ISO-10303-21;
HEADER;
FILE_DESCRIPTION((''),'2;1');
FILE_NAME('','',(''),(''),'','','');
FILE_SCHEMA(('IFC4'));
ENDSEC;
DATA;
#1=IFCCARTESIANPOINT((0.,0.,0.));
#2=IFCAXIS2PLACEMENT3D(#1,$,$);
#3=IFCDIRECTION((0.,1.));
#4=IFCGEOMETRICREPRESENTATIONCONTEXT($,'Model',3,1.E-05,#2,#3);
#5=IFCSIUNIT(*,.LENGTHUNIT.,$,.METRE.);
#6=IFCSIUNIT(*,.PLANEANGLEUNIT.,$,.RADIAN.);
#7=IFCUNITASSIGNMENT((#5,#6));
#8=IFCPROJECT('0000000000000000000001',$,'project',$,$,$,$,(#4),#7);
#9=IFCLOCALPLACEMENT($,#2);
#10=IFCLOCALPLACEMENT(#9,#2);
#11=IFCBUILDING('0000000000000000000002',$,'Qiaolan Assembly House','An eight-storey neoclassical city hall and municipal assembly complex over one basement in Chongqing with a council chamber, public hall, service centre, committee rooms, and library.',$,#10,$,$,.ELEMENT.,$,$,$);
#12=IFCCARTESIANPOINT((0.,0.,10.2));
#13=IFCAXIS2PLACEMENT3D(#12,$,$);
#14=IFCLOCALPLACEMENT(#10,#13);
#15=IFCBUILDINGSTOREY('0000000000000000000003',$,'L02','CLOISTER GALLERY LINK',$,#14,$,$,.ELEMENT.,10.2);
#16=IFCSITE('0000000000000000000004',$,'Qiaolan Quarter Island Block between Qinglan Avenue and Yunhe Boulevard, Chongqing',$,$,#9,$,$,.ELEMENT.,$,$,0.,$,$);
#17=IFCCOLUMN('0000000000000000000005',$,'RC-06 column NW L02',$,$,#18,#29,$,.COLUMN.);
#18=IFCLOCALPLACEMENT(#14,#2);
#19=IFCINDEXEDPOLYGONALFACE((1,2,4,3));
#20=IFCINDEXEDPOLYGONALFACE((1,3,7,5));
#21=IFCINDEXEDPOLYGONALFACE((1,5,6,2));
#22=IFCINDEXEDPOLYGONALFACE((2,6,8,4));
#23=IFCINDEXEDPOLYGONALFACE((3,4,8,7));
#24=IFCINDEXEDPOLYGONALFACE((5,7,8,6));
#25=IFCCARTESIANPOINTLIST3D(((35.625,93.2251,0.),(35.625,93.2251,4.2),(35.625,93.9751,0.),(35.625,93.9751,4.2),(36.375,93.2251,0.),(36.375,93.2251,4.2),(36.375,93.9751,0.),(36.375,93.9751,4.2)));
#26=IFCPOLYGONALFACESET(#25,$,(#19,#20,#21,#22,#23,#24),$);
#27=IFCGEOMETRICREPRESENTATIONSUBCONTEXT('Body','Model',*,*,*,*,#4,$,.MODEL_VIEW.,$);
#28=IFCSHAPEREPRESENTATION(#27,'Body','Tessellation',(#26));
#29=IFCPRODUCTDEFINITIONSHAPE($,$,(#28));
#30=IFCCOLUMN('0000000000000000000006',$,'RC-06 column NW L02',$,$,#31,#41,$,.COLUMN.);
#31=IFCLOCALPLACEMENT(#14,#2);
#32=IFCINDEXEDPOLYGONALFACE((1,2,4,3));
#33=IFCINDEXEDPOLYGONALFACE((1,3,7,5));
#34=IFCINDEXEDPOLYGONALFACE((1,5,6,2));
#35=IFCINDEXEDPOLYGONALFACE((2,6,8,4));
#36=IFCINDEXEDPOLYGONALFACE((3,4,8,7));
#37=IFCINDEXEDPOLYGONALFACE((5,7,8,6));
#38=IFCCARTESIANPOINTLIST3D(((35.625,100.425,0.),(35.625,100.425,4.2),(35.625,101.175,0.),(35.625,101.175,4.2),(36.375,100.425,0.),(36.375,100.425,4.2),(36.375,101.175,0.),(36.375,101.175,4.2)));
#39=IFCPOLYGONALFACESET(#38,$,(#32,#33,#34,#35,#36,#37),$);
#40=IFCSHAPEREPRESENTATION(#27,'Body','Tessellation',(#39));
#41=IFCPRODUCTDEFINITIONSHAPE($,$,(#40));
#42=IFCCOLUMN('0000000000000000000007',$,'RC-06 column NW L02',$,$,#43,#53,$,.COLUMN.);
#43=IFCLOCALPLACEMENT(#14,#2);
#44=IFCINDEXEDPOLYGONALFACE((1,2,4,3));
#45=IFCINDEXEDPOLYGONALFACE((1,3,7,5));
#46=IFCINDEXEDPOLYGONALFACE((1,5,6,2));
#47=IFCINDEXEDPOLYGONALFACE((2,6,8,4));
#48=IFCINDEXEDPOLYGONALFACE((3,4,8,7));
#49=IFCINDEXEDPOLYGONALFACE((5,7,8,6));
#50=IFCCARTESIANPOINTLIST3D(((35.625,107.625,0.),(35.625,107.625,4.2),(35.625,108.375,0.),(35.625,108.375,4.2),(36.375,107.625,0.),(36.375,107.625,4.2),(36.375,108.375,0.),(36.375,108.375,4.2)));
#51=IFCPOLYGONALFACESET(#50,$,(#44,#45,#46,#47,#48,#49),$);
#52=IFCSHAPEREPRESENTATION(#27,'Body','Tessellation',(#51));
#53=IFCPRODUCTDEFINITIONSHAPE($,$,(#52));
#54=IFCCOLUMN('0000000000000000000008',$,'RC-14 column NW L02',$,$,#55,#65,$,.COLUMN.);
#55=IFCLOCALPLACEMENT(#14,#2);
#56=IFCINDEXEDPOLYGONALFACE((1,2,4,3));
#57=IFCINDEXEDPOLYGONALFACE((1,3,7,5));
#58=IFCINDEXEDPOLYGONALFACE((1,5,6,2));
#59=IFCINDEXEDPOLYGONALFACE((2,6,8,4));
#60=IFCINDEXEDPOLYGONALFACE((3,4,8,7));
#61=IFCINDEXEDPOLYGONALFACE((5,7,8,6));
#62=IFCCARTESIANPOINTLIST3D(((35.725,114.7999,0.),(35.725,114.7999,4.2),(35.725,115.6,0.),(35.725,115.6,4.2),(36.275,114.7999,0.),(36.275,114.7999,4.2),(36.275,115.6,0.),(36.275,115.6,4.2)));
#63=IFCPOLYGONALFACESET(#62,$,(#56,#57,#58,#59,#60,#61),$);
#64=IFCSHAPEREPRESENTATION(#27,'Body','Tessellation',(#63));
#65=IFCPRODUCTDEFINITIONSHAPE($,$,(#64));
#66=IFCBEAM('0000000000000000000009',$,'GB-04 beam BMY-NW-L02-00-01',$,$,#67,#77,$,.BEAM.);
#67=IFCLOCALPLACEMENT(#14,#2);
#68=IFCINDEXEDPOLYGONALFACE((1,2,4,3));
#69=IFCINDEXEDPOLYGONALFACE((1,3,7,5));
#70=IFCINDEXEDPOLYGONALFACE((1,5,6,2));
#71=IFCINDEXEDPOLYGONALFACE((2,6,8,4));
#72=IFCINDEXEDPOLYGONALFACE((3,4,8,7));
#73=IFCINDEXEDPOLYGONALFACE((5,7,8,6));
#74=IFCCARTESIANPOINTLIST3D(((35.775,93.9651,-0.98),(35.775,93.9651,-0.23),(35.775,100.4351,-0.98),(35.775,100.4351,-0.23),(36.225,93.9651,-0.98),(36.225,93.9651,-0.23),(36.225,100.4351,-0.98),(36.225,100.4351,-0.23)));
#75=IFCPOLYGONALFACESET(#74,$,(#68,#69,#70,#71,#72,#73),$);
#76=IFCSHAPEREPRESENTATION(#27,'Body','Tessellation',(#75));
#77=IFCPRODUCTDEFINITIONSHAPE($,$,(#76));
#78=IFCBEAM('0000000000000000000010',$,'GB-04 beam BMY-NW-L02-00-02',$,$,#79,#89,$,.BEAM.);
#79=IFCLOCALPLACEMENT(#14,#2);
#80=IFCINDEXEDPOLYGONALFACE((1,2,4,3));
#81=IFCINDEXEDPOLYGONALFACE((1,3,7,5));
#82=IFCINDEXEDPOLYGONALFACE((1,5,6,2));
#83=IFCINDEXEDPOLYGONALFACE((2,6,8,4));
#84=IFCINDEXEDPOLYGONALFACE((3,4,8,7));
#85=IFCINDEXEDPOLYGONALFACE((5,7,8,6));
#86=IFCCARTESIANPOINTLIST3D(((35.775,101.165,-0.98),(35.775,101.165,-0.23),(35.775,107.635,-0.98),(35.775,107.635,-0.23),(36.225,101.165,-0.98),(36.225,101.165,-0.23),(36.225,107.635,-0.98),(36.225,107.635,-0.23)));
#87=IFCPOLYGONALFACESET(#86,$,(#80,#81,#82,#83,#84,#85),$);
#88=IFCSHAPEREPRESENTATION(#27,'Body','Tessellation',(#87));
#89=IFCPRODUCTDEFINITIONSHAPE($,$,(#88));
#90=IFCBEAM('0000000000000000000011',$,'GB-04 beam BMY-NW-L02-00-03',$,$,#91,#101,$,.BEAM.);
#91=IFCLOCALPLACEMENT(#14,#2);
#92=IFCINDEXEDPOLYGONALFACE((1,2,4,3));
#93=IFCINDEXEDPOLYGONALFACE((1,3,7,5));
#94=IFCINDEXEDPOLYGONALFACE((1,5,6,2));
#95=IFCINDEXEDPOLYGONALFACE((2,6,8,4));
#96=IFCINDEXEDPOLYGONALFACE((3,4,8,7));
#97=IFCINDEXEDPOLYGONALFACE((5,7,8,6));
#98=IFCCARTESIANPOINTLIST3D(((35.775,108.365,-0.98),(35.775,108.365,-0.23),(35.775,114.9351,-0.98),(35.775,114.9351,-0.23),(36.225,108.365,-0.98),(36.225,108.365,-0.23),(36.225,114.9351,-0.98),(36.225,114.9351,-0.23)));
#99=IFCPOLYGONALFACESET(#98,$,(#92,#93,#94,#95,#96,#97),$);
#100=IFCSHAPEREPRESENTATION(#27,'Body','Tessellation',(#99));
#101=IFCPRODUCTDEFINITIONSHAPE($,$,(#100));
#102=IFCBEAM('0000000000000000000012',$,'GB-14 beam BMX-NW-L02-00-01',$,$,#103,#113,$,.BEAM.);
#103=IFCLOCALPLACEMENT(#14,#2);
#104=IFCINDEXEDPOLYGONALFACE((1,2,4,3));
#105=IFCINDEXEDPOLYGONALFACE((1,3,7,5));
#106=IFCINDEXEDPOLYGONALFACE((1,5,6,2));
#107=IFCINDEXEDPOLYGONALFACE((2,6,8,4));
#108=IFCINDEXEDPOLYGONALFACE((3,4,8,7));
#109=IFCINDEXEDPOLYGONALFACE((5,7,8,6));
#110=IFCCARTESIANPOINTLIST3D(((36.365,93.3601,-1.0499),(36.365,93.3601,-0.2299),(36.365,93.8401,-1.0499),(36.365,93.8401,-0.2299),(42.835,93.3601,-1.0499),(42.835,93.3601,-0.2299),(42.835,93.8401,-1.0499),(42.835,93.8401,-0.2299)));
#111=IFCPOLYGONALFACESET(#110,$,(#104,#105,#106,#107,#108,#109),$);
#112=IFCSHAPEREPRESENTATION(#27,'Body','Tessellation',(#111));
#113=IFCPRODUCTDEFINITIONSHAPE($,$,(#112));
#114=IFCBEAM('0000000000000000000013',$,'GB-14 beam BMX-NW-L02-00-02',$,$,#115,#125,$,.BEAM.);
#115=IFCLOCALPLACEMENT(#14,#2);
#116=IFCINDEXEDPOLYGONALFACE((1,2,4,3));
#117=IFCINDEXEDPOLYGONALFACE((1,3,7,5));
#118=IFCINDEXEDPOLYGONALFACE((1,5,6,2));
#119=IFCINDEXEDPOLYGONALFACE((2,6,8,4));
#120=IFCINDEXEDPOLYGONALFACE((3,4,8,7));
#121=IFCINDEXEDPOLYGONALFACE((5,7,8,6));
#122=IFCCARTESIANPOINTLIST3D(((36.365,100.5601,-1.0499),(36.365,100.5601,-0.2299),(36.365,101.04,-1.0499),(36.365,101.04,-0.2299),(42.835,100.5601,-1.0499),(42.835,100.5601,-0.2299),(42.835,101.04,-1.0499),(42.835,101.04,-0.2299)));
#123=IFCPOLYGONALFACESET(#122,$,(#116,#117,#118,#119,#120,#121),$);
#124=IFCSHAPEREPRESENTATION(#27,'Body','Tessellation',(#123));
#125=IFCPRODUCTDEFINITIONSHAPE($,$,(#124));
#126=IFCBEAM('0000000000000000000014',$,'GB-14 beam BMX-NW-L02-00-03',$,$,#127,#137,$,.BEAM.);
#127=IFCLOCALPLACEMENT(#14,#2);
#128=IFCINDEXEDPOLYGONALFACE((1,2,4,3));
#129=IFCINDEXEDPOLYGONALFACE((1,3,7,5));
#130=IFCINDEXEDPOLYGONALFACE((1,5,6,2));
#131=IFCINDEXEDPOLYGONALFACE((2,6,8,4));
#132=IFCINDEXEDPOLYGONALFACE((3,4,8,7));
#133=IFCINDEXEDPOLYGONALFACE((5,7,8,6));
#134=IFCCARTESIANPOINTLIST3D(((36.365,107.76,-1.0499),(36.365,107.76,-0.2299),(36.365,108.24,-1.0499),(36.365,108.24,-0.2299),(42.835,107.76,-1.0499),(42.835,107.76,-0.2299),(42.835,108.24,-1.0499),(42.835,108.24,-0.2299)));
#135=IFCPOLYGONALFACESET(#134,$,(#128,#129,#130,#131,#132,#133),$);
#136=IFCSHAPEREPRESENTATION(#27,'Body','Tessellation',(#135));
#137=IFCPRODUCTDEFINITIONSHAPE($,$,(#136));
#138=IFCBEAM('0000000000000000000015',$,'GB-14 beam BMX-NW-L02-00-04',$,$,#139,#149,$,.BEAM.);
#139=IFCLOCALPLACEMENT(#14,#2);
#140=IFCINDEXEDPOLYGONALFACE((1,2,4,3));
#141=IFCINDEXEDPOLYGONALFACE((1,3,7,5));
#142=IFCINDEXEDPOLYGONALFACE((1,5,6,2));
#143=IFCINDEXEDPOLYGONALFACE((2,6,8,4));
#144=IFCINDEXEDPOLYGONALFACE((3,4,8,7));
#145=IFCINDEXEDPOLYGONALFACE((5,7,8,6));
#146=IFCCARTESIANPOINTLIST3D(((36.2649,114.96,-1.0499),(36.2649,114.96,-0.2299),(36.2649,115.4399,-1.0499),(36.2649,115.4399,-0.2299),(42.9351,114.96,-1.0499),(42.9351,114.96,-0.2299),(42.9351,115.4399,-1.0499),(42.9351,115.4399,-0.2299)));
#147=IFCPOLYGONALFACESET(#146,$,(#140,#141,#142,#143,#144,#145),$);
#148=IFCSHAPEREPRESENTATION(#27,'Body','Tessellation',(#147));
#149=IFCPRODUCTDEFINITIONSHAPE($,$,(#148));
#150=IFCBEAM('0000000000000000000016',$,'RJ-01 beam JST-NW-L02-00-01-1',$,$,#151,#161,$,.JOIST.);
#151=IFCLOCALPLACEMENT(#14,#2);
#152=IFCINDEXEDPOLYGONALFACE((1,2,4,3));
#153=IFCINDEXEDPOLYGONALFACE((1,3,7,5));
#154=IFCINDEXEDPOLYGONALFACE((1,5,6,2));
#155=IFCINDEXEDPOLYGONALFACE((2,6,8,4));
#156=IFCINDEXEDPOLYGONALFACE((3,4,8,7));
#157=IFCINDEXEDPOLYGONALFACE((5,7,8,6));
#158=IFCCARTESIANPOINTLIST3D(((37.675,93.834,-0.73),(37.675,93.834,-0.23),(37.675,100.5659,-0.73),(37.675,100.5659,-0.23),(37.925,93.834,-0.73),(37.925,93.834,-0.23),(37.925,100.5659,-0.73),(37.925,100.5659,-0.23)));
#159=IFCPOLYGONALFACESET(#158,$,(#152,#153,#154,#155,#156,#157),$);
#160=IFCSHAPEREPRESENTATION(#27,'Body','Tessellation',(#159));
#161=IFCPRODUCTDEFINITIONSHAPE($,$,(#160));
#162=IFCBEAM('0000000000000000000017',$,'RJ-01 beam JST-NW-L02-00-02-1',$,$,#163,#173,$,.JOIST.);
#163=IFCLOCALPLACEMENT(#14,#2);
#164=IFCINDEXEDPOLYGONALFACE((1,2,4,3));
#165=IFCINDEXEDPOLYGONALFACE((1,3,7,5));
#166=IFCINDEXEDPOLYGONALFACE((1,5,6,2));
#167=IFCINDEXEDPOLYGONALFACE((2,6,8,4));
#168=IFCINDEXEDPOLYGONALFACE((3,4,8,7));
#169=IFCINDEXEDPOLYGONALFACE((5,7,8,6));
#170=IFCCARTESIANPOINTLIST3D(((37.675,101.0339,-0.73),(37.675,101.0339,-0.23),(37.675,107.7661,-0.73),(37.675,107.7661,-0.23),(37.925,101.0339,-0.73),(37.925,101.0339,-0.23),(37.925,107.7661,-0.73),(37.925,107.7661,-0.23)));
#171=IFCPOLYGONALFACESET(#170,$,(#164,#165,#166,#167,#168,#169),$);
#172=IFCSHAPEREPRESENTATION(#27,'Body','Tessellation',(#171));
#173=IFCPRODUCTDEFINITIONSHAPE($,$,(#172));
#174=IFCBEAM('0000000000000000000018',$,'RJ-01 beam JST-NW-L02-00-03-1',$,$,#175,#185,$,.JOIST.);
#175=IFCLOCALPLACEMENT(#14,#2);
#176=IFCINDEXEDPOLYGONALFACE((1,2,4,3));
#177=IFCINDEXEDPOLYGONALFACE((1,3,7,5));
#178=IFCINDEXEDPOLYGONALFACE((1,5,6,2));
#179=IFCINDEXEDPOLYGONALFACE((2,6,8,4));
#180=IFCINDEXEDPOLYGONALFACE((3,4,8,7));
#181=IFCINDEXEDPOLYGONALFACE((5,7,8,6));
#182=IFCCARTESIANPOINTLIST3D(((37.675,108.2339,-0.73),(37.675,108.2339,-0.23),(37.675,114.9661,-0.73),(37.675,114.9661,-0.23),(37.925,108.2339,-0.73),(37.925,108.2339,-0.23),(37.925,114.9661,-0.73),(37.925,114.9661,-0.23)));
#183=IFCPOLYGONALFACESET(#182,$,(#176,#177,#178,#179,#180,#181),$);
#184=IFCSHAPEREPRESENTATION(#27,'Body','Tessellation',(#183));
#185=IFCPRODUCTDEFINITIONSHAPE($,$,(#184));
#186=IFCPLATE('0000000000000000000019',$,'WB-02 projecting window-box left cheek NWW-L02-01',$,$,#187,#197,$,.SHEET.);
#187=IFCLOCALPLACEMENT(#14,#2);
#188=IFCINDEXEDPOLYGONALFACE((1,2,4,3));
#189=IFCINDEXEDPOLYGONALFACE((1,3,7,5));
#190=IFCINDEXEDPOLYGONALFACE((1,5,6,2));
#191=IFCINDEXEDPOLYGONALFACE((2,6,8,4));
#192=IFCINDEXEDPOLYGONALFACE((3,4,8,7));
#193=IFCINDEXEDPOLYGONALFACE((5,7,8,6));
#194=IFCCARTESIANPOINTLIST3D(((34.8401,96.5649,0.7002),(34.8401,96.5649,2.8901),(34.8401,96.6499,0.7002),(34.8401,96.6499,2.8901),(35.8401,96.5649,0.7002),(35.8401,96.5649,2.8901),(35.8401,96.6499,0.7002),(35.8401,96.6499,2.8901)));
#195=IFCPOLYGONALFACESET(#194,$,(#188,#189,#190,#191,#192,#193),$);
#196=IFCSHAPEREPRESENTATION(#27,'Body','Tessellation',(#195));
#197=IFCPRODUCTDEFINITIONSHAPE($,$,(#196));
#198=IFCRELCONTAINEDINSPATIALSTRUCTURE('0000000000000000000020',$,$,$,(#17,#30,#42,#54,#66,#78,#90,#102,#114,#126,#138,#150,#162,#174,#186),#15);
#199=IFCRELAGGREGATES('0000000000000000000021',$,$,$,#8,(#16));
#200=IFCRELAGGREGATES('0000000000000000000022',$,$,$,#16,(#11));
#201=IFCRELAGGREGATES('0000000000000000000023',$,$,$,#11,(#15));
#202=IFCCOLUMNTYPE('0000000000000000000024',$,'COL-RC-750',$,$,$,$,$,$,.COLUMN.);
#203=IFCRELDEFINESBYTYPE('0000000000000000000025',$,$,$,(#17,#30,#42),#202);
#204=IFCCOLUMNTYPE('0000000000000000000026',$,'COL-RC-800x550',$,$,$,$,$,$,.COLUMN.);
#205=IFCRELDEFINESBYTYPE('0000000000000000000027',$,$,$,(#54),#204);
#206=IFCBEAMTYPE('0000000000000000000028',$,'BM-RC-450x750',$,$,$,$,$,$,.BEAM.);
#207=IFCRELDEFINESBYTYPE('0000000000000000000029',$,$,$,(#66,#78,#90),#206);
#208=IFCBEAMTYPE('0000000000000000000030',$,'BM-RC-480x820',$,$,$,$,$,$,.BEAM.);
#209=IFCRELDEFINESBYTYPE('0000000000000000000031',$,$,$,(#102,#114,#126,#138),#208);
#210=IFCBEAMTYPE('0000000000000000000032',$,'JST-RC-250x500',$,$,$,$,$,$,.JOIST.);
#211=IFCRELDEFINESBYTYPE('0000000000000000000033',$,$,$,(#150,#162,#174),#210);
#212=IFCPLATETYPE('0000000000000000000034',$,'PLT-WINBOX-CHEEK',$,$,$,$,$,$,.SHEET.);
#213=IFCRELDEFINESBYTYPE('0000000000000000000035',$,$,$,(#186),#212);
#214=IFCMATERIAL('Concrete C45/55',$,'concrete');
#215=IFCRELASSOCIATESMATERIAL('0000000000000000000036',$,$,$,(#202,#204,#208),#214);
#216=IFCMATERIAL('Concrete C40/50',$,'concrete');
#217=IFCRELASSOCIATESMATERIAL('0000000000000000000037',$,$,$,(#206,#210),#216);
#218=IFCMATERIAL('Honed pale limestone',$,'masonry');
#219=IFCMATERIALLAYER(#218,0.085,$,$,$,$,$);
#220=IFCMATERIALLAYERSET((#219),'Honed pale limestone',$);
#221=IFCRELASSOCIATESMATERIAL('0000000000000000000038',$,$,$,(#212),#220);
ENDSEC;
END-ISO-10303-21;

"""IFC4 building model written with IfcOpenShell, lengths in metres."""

from ifc_helpers import new_model, si_unit, direction, frame, origin, origin_2d, place, context, subcontext, project, spatial, rectangle, extrude, material, layer, layer_set, material_profile, profile_set, type_object, element, save


model = new_model("IFC4")

# Units and contexts
model_context = context("Model", 3, precision=1e-05, world=origin(), true_north=direction((0.0, 1.0)))
body_context = subcontext(model_context, "Body", "Model", "MODEL_VIEW")
ifc_project = project(units=[si_unit("LENGTHUNIT", "METRE"), si_unit("PLANEANGLEUNIT", "RADIAN")], contexts=[model_context])

# Site, building, storey
site_placement = place(None, origin())
site = spatial("IfcSite", under=ifc_project, at=site_placement, Name="Qiaolan Quarter Island Block between Qinglan Avenue and Yunhe Boulevard, Chongqing", CompositionType="ELEMENT", RefElevation=0.0)
building_placement = place(site_placement, origin())
building = spatial("IfcBuilding", under=site, at=building_placement, Name="Qiaolan Assembly House", Description="An eight-storey neoclassical city hall and municipal assembly complex over one basement in Chongqing with a council chamber, public hall, service centre, committee rooms, and library.", CompositionType="ELEMENT")
storey_placement = place(building_placement, frame((0.0, 0.0, 10.2)))
storey = spatial("IfcBuildingStorey", under=building, at=storey_placement, Name="L02", Description="CLOISTER GALLERY LINK", CompositionType="ELEMENT", Elevation=10.2)

# Columns
ifc_material_1 = material(Name="Concrete C45/55", Category="concrete")
ifc_material_profile_1 = material_profile(ifc_material_1, rectangle(XDim=0.75, YDim=0.75, at=origin_2d()), Name="RC 750x750")
ifc_profile_set_1 = profile_set([ifc_material_profile_1], Name="Concrete C45/55")
column_type_1 = type_object("IfcColumnType", Name="COL-RC-750", PredefinedType="COLUMN", material=ifc_profile_set_1)
for number, where, z_axis, x_axis, name in (
    (1, (36.0, 93.6001, 0.0), (0.0, 0.0, 1.0), (1.0, 0.0, 0.0), "RC-06 column NW L02"),
    (2, (36.0, 100.8, 0.0), (0.0, 0.0, 1.0), (1.0, 0.0, 0.0), "RC-06 column NW L02"),
    (3, (36.0, 108.0, 0.0), (0.0, 0.0, 1.0), (1.0, 0.0, 0.0), "RC-06 column NW L02"),
):
    element("IfcColumn", number, at=place(storey_placement, frame(where, z_axis=z_axis, x_axis=x_axis)), inside=storey, type_object=column_type_1, Name=name, PredefinedType="COLUMN", context=body_context, shape_type="SweptSolid", body=[
        extrude(rectangle(XDim=0.75, YDim=0.75, at=origin_2d()), origin(), (0.0, 0.0, 1.0), 4.2),
    ])
ifc_material_profile_2 = material_profile(ifc_material_1, rectangle(XDim=0.55, YDim=0.8, at=origin_2d()), Name="RC 800x550")
ifc_profile_set_2 = profile_set([ifc_material_profile_2], Name="Concrete C45/55")
column_type_2 = type_object("IfcColumnType", Name="COL-RC-800x550", PredefinedType="COLUMN", material=ifc_profile_set_2)
column_placement = place(storey_placement, frame((36.0, 115.2, 0.0), z_axis=(0.0, 0.0, 1.0), x_axis=(1.0, 0.0, 0.0)))
element("IfcColumn", 4, at=column_placement, inside=storey, type_object=column_type_2, Name="RC-14 column NW L02", PredefinedType="COLUMN", context=body_context, shape_type="SweptSolid", body=[
    extrude(rectangle(XDim=0.55, YDim=0.8, at=origin_2d()), origin(), (0.0, 0.0, 1.0), 4.2),
])

# Beams
ifc_material_2 = material(Name="Concrete C40/50", Category="concrete")
ifc_material_profile_3 = material_profile(ifc_material_2, rectangle(XDim=0.45, YDim=0.75, at=origin_2d()), Name="RCB 450x750")
ifc_profile_set_3 = profile_set([ifc_material_profile_3], Name="Concrete C40/50")
beam_type_1 = type_object("IfcBeamType", Name="BM-RC-450x750", PredefinedType="BEAM", material=ifc_profile_set_3)
for number, where, z_axis, x_axis, name in (
    (5, (36.0, 93.9651, -0.605), (0.0, 1.0, 0.0), (-1.0, 0.0, 0.0), "GB-04 beam BMY-NW-L02-00-01"),
    (6, (36.0, 101.165, -0.605), (0.0, 1.0, 0.0), (-1.0, 0.0, 0.0), "GB-04 beam BMY-NW-L02-00-02"),
):
    element("IfcBeam", number, at=place(storey_placement, frame(where, z_axis=z_axis, x_axis=x_axis)), inside=storey, type_object=beam_type_1, Name=name, PredefinedType="BEAM", context=body_context, shape_type="SweptSolid", body=[
        extrude(rectangle(XDim=0.45, YDim=0.75, at=origin_2d()), origin(), (0.0, 0.0, 1.0), 6.47),
    ])
beam_1_placement = place(storey_placement, frame((36.0, 108.365, -0.605), z_axis=(0.0, 1.0, 0.0), x_axis=(-1.0, 0.0, 0.0)))
element("IfcBeam", 7, at=beam_1_placement, inside=storey, type_object=beam_type_1, Name="GB-04 beam BMY-NW-L02-00-03", PredefinedType="BEAM", context=body_context, shape_type="SweptSolid", body=[
    extrude(rectangle(XDim=0.45, YDim=0.75, at=origin_2d()), origin(), (0.0, 0.0, 1.0), 6.5701),
])
ifc_material_profile_4 = material_profile(ifc_material_1, rectangle(XDim=0.48, YDim=0.8201, at=origin_2d()), Name="RCB 480x820")
ifc_profile_set_4 = profile_set([ifc_material_profile_4], Name="Concrete C45/55")
beam_type_2 = type_object("IfcBeamType", Name="BM-RC-480x820", PredefinedType="BEAM", material=ifc_profile_set_4)
for number, where, z_axis, x_axis, name in (
    (8, (36.365, 93.6001, -0.6399), (1.0, 0.0, 0.0), (0.0, 1.0, 0.0), "GB-14 beam BMX-NW-L02-00-01"),
    (9, (36.365, 100.8, -0.6399), (1.0, 0.0, 0.0), (0.0, 1.0, 0.0), "GB-14 beam BMX-NW-L02-00-02"),
    (10, (36.365, 108.0, -0.6399), (1.0, 0.0, 0.0), (0.0, 1.0, 0.0), "GB-14 beam BMX-NW-L02-00-03"),
):
    element("IfcBeam", number, at=place(storey_placement, frame(where, z_axis=z_axis, x_axis=x_axis)), inside=storey, type_object=beam_type_2, Name=name, PredefinedType="BEAM", context=body_context, shape_type="SweptSolid", body=[
        extrude(rectangle(XDim=0.48, YDim=0.8201, at=origin_2d()), origin(), (0.0, 0.0, 1.0), 6.47),
    ])
beam_2_placement = place(storey_placement, frame((36.2649, 115.2, -0.6399), z_axis=(1.0, 0.0, 0.0), x_axis=(0.0, 1.0, 0.0)))
element("IfcBeam", 11, at=beam_2_placement, inside=storey, type_object=beam_type_2, Name="GB-14 beam BMX-NW-L02-00-04", PredefinedType="BEAM", context=body_context, shape_type="SweptSolid", body=[
    extrude(rectangle(XDim=0.48, YDim=0.8201, at=origin_2d()), origin(), (0.0, 0.0, 1.0), 6.6702),
])
ifc_material_profile_5 = material_profile(ifc_material_2, rectangle(XDim=0.25, YDim=0.5, at=origin_2d()), Name="RCB 250x500")
ifc_profile_set_5 = profile_set([ifc_material_profile_5], Name="Concrete C40/50")
beam_type_3 = type_object("IfcBeamType", Name="JST-RC-250x500", PredefinedType="JOIST", material=ifc_profile_set_5)
beam_3_placement = place(storey_placement, frame((37.8, 93.834, -0.48), z_axis=(0.0, 1.0, 0.0), x_axis=(-1.0, 0.0, 0.0)))
element("IfcBeam", 12, at=beam_3_placement, inside=storey, type_object=beam_type_3, Name="RJ-01 beam JST-NW-L02-00-01-1", PredefinedType="JOIST", context=body_context, shape_type="SweptSolid", body=[
    extrude(rectangle(XDim=0.25, YDim=0.5, at=origin_2d()), origin(), (0.0, 0.0, 1.0), 6.7319),
])
for number, where, z_axis, x_axis, name in (
    (13, (37.8, 101.0339, -0.48), (0.0, 1.0, 0.0), (-1.0, 0.0, 0.0), "RJ-01 beam JST-NW-L02-00-02-1"),
    (14, (37.8, 108.2339, -0.48), (0.0, 1.0, 0.0), (-1.0, 0.0, 0.0), "RJ-01 beam JST-NW-L02-00-03-1"),
):
    element("IfcBeam", number, at=place(storey_placement, frame(where, z_axis=z_axis, x_axis=x_axis)), inside=storey, type_object=beam_type_3, Name=name, PredefinedType="JOIST", context=body_context, shape_type="SweptSolid", body=[
        extrude(rectangle(XDim=0.25, YDim=0.5, at=origin_2d()), origin(), (0.0, 0.0, 1.0), 6.7322),
    ])

# Plate
ifc_material_3 = material(Name="Honed pale limestone", Category="masonry")
ifc_layer_1 = layer(ifc_material_3, 0.085)
ifc_layer_set_1 = layer_set([ifc_layer_1], Name="Honed pale limestone")
plate_type = type_object("IfcPlateType", Name="PLT-WINBOX-CHEEK", PredefinedType="SHEET", material=ifc_layer_set_1)
for number, where, z_axis, x_axis, name in (
    (15, (35.3401, 96.6074, 0.7002), (0.0, 0.0, 1.0), (1.0, 0.0, 0.0), "WB-02 projecting window-box left cheek NWW-L02-01"),
):
    element("IfcPlate", number, at=place(storey_placement, frame(where, z_axis=z_axis, x_axis=x_axis)), inside=storey, type_object=plate_type, Name=name, PredefinedType="SHEET", context=body_context, shape_type="SweptSolid", body=[
        extrude(rectangle(XDim=1.0, YDim=0.085, at=origin_2d()), origin(), (0.0, 0.0, 1.0), 2.1899),
    ])

save(model, "model.ifc")
